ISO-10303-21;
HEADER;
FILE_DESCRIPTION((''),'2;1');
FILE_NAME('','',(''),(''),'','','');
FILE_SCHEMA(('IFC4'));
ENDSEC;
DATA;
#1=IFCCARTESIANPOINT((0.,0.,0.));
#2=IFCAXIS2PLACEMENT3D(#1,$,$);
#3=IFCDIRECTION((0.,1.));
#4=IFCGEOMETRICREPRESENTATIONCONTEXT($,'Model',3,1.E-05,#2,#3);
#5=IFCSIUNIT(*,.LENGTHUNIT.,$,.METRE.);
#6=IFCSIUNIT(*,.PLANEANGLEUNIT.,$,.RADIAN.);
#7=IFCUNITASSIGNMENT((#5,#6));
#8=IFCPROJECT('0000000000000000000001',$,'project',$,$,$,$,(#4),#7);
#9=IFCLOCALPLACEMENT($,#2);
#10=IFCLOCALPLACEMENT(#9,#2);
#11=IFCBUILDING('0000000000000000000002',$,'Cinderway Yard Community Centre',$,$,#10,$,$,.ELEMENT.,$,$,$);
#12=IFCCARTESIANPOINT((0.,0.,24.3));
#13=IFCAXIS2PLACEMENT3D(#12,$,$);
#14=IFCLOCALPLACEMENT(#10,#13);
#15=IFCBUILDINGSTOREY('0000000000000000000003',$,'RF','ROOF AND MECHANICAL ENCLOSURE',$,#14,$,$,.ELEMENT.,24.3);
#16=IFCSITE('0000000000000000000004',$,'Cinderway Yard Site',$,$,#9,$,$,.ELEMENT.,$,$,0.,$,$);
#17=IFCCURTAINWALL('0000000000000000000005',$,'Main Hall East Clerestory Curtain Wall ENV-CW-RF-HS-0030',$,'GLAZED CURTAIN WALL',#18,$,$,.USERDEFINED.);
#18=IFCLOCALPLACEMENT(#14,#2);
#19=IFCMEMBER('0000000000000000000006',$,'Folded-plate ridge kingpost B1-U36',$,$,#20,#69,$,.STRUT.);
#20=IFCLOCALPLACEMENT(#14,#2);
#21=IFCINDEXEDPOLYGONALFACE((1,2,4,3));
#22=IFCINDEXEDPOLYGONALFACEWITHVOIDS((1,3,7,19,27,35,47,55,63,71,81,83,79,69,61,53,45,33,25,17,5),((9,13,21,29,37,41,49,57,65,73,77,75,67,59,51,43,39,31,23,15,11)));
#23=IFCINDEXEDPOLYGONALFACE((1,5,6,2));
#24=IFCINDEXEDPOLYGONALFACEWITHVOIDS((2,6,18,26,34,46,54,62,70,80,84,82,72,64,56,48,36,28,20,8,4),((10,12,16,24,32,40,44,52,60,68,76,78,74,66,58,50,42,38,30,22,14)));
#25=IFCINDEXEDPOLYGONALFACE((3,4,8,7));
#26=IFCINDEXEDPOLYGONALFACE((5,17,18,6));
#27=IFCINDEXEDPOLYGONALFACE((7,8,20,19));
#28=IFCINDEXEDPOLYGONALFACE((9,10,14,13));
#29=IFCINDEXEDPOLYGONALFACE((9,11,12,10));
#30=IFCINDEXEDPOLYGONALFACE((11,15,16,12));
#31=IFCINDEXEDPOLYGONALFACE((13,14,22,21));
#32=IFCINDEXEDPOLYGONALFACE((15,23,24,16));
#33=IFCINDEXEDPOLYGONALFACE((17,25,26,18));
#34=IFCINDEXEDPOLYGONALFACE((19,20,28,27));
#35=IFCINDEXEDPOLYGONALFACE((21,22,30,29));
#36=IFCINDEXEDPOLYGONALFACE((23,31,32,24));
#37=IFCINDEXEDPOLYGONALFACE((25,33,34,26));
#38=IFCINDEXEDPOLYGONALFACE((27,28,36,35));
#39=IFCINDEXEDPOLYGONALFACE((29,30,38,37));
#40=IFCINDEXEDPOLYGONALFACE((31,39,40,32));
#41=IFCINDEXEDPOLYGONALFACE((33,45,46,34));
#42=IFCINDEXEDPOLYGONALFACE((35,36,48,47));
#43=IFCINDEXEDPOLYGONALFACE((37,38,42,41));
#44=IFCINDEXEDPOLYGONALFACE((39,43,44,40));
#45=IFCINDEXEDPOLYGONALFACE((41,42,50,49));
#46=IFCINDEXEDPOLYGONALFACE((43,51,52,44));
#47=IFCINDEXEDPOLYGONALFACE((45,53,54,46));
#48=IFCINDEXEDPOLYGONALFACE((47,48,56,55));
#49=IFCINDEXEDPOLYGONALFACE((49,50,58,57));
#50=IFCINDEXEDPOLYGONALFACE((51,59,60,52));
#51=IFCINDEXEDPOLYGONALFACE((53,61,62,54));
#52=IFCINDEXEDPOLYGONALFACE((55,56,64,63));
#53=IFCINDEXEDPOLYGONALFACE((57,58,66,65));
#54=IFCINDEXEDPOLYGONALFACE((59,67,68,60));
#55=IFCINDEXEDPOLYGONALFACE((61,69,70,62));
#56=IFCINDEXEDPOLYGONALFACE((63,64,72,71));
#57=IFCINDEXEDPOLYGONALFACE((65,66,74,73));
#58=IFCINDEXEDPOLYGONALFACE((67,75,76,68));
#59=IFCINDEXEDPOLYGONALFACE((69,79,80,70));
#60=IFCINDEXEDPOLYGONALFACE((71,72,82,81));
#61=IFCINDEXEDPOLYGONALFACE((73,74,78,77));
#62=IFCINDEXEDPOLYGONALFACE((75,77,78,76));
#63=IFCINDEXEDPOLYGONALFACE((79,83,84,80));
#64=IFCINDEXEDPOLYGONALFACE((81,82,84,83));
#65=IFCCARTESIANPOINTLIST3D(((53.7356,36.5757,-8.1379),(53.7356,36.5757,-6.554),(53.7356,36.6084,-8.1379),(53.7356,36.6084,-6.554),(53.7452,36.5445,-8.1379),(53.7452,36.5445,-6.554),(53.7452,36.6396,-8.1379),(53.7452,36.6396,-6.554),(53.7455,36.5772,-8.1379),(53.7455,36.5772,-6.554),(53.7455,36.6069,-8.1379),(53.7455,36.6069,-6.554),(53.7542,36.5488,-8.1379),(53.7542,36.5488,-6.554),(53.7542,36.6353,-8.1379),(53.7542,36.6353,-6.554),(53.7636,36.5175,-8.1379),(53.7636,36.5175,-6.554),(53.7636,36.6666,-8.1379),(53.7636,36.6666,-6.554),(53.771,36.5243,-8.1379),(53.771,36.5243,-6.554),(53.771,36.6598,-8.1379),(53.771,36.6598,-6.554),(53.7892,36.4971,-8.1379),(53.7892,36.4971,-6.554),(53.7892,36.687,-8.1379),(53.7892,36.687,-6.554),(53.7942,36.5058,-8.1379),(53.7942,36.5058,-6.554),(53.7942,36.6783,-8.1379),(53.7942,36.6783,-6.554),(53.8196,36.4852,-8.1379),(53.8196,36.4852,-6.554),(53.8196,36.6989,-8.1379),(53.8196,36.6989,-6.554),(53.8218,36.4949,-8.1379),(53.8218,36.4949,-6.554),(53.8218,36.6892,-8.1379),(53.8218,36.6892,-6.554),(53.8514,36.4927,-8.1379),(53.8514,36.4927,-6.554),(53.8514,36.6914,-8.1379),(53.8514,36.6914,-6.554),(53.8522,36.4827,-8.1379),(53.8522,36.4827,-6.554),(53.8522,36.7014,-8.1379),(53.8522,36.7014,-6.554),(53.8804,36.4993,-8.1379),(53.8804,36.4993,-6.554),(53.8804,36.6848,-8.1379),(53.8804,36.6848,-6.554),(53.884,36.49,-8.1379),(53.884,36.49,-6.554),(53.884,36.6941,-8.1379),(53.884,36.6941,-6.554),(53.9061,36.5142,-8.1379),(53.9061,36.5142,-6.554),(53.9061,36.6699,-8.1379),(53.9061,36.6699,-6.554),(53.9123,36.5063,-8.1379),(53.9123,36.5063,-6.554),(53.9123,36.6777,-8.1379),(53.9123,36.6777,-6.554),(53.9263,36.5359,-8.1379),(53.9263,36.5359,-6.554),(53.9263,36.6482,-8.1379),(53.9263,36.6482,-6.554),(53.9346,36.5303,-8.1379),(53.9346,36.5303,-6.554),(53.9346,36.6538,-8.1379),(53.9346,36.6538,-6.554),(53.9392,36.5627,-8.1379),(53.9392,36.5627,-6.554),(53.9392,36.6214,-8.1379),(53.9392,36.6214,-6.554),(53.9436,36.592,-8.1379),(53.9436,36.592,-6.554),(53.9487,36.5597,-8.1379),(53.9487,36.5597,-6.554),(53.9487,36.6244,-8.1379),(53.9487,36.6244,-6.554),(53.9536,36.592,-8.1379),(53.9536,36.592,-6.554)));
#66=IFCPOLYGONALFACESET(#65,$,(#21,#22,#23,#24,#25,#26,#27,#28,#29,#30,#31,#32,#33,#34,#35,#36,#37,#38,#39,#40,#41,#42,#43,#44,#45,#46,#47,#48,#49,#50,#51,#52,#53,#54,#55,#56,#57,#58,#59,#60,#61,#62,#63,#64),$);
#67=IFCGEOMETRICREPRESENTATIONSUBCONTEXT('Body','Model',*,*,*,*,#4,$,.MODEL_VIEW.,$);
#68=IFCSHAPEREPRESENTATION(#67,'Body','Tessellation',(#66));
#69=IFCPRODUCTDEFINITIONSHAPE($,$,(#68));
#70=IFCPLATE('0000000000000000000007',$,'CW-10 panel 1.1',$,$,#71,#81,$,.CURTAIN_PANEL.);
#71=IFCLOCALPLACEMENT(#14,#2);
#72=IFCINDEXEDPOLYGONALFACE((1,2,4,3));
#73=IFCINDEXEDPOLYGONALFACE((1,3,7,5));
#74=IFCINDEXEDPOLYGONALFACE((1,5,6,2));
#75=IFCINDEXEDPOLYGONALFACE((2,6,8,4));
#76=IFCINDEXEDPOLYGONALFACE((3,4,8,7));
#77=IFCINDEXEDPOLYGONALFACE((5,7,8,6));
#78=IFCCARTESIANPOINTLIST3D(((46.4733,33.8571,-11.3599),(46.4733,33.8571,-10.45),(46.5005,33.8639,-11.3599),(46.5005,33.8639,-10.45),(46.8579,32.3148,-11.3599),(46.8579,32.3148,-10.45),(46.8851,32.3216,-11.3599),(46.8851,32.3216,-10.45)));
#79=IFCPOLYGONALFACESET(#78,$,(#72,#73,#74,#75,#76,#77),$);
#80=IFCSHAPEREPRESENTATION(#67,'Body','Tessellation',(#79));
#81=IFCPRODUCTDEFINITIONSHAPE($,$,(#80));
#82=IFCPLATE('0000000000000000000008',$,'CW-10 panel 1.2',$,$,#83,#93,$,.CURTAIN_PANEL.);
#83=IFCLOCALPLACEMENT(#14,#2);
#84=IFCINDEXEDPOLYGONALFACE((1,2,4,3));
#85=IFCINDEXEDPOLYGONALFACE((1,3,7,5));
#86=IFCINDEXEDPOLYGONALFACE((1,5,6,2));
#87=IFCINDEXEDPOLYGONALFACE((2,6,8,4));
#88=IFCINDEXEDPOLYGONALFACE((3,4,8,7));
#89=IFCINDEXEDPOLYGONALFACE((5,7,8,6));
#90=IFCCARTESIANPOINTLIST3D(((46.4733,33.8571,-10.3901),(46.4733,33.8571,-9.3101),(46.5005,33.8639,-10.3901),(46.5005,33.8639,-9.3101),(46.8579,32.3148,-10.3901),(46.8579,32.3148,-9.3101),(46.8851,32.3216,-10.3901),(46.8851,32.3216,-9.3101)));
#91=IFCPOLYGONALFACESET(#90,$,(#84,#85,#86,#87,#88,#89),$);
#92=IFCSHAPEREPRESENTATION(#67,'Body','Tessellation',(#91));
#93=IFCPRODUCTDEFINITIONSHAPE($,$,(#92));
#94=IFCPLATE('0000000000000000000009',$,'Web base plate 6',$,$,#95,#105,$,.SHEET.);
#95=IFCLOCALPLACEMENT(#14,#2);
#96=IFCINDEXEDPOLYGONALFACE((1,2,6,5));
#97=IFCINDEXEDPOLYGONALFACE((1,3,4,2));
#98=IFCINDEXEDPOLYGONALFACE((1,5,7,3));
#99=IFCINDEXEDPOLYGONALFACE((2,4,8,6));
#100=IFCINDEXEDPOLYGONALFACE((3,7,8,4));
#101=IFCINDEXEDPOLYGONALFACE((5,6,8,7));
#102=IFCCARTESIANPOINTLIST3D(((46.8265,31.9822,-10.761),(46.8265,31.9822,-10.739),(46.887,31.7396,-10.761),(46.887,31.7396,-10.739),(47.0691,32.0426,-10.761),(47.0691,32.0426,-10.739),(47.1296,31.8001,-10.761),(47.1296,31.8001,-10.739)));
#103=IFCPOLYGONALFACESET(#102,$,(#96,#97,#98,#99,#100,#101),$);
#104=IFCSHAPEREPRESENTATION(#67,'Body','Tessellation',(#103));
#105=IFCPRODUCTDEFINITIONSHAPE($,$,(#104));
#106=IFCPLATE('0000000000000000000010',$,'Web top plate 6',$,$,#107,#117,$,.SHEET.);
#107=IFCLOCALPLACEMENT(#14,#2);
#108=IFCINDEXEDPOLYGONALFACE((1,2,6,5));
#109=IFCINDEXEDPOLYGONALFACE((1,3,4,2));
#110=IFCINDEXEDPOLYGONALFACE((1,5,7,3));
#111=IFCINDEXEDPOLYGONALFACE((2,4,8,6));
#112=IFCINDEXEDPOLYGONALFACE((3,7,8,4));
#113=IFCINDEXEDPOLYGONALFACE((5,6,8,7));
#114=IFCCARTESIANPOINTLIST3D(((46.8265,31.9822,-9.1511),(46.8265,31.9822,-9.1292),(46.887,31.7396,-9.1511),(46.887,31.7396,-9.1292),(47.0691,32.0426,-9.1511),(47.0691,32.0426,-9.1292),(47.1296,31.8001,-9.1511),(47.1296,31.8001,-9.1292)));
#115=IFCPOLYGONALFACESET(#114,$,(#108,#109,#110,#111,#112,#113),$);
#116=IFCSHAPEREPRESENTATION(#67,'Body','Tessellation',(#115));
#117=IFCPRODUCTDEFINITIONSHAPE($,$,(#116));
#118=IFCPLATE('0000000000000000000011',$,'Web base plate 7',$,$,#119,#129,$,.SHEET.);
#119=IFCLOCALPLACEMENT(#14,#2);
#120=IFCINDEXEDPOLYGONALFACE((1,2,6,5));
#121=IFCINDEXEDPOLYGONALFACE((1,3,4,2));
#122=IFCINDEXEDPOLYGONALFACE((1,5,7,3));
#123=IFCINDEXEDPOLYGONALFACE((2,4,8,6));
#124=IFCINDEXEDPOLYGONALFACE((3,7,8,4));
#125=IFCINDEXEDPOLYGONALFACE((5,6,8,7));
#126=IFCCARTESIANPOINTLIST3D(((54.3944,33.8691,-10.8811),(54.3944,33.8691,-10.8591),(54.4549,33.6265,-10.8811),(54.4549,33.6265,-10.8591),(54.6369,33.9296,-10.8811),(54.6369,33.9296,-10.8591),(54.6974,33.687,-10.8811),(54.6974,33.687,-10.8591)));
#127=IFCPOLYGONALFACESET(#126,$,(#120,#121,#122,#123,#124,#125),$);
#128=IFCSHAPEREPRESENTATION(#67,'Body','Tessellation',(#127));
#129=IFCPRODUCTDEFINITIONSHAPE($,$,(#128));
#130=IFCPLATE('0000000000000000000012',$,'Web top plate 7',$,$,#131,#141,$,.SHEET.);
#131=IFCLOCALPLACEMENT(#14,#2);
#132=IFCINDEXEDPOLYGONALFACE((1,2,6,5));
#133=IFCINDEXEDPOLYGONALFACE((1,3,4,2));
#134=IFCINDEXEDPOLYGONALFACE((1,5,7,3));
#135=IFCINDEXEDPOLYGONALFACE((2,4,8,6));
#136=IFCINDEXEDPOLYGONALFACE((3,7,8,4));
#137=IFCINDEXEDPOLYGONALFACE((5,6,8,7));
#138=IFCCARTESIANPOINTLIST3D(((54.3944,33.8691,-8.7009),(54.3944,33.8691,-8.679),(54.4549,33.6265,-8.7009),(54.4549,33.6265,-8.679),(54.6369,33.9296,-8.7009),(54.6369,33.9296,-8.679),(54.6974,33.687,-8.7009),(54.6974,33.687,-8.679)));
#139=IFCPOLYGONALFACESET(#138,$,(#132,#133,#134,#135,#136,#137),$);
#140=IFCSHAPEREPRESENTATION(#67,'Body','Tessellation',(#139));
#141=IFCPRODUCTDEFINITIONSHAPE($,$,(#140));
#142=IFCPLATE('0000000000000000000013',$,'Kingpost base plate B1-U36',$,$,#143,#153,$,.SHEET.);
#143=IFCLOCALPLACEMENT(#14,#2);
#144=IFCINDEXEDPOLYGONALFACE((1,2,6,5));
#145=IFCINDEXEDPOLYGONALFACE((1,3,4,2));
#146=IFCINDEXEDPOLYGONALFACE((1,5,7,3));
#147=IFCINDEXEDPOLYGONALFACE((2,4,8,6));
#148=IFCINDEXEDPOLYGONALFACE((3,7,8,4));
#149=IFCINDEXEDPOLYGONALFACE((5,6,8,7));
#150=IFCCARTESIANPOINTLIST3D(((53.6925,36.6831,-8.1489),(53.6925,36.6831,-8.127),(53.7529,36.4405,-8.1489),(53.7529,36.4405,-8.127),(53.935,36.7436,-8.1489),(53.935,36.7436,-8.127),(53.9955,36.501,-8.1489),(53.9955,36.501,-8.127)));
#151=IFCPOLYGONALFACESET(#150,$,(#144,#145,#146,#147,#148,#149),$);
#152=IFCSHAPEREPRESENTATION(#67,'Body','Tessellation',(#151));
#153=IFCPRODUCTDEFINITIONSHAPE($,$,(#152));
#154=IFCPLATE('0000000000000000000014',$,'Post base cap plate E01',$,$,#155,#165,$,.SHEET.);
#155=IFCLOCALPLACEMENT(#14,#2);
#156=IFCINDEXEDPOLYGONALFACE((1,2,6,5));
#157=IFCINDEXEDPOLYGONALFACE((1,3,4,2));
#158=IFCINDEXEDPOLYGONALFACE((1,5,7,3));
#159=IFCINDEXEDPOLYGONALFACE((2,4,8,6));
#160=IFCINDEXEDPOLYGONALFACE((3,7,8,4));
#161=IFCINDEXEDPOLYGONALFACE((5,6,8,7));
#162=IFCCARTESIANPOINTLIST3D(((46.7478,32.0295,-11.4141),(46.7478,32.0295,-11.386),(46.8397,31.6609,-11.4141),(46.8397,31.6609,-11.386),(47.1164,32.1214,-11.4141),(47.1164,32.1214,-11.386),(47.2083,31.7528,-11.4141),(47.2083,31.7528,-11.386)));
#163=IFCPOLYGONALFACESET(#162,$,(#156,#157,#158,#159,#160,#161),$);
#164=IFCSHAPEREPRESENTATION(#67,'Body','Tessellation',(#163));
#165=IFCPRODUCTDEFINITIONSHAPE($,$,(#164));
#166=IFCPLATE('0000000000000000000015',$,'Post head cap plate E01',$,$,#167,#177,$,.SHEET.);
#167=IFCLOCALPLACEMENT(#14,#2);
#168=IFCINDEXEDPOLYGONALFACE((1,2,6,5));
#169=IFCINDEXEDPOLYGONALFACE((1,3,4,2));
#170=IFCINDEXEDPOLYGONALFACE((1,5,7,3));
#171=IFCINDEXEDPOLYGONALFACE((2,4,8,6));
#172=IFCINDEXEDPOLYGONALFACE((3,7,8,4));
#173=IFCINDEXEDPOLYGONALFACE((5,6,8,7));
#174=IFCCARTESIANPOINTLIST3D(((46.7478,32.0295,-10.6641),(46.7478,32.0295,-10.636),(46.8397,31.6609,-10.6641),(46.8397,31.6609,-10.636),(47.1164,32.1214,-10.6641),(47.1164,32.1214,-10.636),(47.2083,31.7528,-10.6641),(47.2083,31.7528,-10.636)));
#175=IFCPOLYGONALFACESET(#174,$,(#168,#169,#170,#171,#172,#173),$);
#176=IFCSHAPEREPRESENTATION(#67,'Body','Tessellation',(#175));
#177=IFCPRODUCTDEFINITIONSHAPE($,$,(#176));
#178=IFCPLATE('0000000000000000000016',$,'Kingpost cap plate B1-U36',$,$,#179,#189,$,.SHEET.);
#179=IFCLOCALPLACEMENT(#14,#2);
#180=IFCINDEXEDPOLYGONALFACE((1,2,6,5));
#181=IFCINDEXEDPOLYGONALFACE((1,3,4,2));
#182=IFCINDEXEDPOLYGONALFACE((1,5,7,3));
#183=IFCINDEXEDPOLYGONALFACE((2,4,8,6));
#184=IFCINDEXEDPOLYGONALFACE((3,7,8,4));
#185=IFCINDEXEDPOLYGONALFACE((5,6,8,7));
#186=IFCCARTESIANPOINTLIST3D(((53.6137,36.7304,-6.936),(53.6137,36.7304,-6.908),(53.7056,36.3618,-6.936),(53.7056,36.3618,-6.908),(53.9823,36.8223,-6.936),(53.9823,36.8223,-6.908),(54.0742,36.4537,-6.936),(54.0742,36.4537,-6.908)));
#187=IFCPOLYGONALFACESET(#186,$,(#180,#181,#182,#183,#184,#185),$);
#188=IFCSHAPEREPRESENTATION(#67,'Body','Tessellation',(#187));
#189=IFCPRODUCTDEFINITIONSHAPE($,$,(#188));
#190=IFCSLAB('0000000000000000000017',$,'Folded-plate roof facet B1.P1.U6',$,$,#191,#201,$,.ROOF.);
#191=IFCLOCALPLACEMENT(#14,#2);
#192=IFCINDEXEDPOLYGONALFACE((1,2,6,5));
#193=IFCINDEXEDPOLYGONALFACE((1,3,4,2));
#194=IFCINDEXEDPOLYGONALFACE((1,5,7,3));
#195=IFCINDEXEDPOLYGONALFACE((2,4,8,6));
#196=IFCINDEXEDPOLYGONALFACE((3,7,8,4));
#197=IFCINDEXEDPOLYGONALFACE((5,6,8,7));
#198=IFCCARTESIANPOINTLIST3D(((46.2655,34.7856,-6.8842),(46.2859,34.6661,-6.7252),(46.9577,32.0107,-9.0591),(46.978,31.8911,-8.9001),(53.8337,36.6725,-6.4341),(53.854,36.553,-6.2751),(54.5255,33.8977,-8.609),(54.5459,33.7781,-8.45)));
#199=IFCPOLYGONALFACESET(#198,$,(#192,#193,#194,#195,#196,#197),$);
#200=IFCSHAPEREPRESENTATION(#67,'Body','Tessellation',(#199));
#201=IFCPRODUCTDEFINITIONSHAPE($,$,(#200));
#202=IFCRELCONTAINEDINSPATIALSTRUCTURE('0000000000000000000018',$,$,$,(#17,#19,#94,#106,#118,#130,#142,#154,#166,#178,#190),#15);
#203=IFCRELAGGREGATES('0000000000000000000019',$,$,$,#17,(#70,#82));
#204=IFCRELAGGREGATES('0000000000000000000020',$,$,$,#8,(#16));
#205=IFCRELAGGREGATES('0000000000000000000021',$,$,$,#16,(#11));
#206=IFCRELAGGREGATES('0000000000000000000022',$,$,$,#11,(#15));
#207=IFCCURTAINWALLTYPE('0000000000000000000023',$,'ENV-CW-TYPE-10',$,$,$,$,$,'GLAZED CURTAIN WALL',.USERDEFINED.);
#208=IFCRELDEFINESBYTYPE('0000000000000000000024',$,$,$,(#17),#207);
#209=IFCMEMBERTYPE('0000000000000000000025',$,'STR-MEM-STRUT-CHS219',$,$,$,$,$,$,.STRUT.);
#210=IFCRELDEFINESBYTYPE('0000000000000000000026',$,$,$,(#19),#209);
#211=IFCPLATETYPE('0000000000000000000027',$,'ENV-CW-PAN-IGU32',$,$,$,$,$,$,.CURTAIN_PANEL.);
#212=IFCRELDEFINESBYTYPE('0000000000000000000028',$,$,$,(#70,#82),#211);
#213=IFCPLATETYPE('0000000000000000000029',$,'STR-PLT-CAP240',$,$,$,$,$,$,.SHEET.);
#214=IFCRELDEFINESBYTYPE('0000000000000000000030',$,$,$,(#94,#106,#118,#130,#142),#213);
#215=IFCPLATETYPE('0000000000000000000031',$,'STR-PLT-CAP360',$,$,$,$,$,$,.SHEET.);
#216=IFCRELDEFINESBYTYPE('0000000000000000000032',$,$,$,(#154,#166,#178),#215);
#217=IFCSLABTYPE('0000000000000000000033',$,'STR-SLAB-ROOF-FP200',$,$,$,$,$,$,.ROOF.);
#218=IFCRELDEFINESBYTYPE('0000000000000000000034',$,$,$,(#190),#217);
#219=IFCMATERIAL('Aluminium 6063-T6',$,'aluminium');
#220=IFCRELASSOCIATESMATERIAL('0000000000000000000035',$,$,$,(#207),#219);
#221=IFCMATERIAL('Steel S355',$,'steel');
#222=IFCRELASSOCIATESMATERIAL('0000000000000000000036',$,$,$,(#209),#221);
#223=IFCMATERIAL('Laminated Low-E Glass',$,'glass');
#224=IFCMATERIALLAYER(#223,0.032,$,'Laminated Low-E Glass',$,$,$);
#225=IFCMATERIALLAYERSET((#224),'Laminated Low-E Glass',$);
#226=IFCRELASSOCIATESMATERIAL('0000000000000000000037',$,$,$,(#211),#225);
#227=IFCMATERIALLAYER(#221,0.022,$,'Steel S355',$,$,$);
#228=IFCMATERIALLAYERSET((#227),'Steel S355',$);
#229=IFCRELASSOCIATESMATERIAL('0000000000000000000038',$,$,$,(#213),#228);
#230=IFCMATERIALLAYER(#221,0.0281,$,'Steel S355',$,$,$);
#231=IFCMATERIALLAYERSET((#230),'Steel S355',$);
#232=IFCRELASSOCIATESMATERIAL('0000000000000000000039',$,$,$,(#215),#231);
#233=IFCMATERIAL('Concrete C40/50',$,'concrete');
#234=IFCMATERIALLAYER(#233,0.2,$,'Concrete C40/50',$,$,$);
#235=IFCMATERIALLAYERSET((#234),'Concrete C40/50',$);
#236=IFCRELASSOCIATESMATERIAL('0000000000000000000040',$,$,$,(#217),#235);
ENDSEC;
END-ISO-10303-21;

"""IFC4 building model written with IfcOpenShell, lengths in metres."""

from ifc_helpers import new_model, si_unit, direction, frame, origin, origin_2d, place, context, subcontext, project, spatial, polyline, rectangle, hollow_circle, outline, extrude, material, layer, layer_set, material_profile, profile_set, type_object, element, aggregate, save


model = new_model("IFC4")

# Units and contexts
model_context = context("Model", 3, precision=1e-05, world=origin(), true_north=direction((0.0, 1.0)))
body_context = subcontext(model_context, "Body", "Model", "MODEL_VIEW")
ifc_project = project(units=[si_unit("LENGTHUNIT", "METRE"), si_unit("PLANEANGLEUNIT", "RADIAN")], contexts=[model_context])

# Site, building, storey
site_placement = place(None, origin())
site = spatial("IfcSite", under=ifc_project, at=site_placement, Name="Cinderway Yard Site", CompositionType="ELEMENT", RefElevation=0.0)
building_placement = place(site_placement, origin())
building = spatial("IfcBuilding", under=site, at=building_placement, Name="Cinderway Yard Community Centre", CompositionType="ELEMENT")
storey_placement = place(building_placement, frame((0.0, 0.0, 24.3)))
storey = spatial("IfcBuildingStorey", under=building, at=storey_placement, Name="RF", Description="ROOF AND MECHANICAL ENCLOSURE", CompositionType="ELEMENT", Elevation=24.3)

# Shared definitions
ifc_material_1 = material(Name="Steel S355", Category="steel")

# Curtain wall
ifc_material_2 = material(Name="Aluminium 6063-T6", Category="aluminium")
curtain_wall_type = type_object("IfcCurtainWallType", Name="ENV-CW-TYPE-10", ElementType="GLAZED CURTAIN WALL", PredefinedType="USERDEFINED", material=ifc_material_2)
curtain_wall_placement = place(storey_placement, origin())
curtain_wall = element("IfcCurtainWall", 1, at=curtain_wall_placement, inside=storey, type_object=curtain_wall_type, Name="Main Hall East Clerestory Curtain Wall ENV-CW-RF-HS-0030", ObjectType="GLAZED CURTAIN WALL", PredefinedType="USERDEFINED")

# Shared definitions
ifc_material_3 = material(Name="Concrete C40/50", Category="concrete")

# Member
ifc_material_profile_1 = material_profile(ifc_material_1, hollow_circle(Radius=0.1096, WallThickness=0.01, at=origin_2d()), Name="Steel S355")
ifc_profile_set_1 = profile_set([ifc_material_profile_1], Name="Steel S355")
member_type_1 = type_object("IfcMemberType", Name="STR-MEM-STRUT-CHS219", PredefinedType="STRUT", material=ifc_profile_set_1)
member_1_placement = place(storey_placement, frame((53.844, 36.592, -8.1379), z_axis=(0.0, 0.0, 1.0), x_axis=(1.0, 0.0, 0.0)))
element("IfcMember", 2, at=member_1_placement, inside=storey, type_object=member_type_1, Name="Folded-plate ridge kingpost B1-U36", PredefinedType="STRUT", context=body_context, shape_type="SweptSolid", body=[
    extrude(hollow_circle(Radius=0.1096, WallThickness=0.01, at=origin_2d()), origin(), (0.0, 0.0, 1.0), 1.584),
])

# Plates
ifc_material_4 = material(Name="Laminated Low-E Glass", Category="glass")
ifc_layer_1 = layer(ifc_material_4, 0.032, Name="Laminated Low-E Glass")
ifc_layer_set_1 = layer_set([ifc_layer_1], Name="Laminated Low-E Glass")
plate_type_1 = type_object("IfcPlateType", Name="ENV-CW-PAN-IGU32", PredefinedType="CURTAIN_PANEL", material=ifc_layer_set_1)
plate_1_placement = place(storey_placement, frame((46.6792, 33.0894, -11.3599), z_axis=(0.0, 0.0, 1.0), x_axis=(-0.241929, 0.970294, 0.0)))
plate_1 = element("IfcPlate", 3, at=plate_1_placement, type_object=plate_type_1, Name="CW-10 panel 1.1", PredefinedType="CURTAIN_PANEL", context=body_context, shape_type="SweptSolid", body=[
    extrude(rectangle(XDim=1.5896, YDim=0.0281, at=origin_2d()), origin(), (0.0, 0.0, 1.0), 0.9099),
])
plate_2_placement = place(storey_placement, frame((46.6792, 33.0894, -10.3901), z_axis=(0.0, 0.0, 1.0), x_axis=(-0.241929, 0.970294, 0.0)))
plate_2 = element("IfcPlate", 4, at=plate_2_placement, type_object=plate_type_1, Name="CW-10 panel 1.2", PredefinedType="CURTAIN_PANEL", context=body_context, shape_type="SweptSolid", body=[
    extrude(rectangle(XDim=1.5896, YDim=0.0281, at=origin_2d()), origin(), (0.0, 0.0, 1.0), 1.0801),
])
aggregate(curtain_wall, [plate_1, plate_2])

# Plates
ifc_layer_2 = layer(ifc_material_1, 0.022, Name="Steel S355")
ifc_layer_set_2 = layer_set([ifc_layer_2], Name="Steel S355")
plate_type_2 = type_object("IfcPlateType", Name="STR-PLT-CAP240", PredefinedType="SHEET", material=ifc_layer_set_2)
for number, where, z_axis, x_axis, name in (
    (5, (46.978, 31.8911, -10.761), (0.0, 0.0, 1.0), (0.970296, 0.241922, 0.0), "Web base plate 6"),
    (6, (46.978, 31.8911, -9.1511), (0.0, 0.0, 1.0), (0.970296, 0.241922, 0.0), "Web top plate 6"),
    (7, (54.5459, 33.7781, -10.8811), (0.0, 0.0, 1.0), (0.970296, 0.241922, 0.0), "Web base plate 7"),
    (8, (54.5459, 33.7781, -8.7009), (0.0, 0.0, 1.0), (0.970296, 0.241922, 0.0), "Web top plate 7"),
    (9, (53.844, 36.592, -8.1489), (0.0, 0.0, 1.0), (0.970296, 0.241922, 0.0), "Kingpost base plate B1-U36"),
):
    element("IfcPlate", number, at=place(storey_placement, frame(where, z_axis=z_axis, x_axis=x_axis)), inside=storey, type_object=plate_type_2, Name=name, PredefinedType="SHEET", context=body_context, shape_type="SweptSolid", body=[
        extrude(rectangle(XDim=0.25, YDim=0.25, at=origin_2d()), origin(), (0.0, 0.0, 1.0), 0.022),
    ])
ifc_layer_3 = layer(ifc_material_1, 0.0281, Name="Steel S355")
ifc_layer_set_3 = layer_set([ifc_layer_3], Name="Steel S355")
plate_type_3 = type_object("IfcPlateType", Name="STR-PLT-CAP360", PredefinedType="SHEET", material=ifc_layer_set_3)
for number, where, z_axis, x_axis, name in (
    (10, (46.978, 31.8911, -11.4141), (0.0, 0.0, 1.0), (0.970296, 0.241922, 0.0), "Post base cap plate E01"),
    (11, (46.978, 31.8911, -10.6641), (0.0, 0.0, 1.0), (0.970296, 0.241922, 0.0), "Post head cap plate E01"),
    (12, (53.844, 36.592, -6.936), (0.0, 0.0, 1.0), (0.970296, 0.241922, 0.0), "Kingpost cap plate B1-U36"),
):
    element("IfcPlate", number, at=place(storey_placement, frame(where, z_axis=z_axis, x_axis=x_axis)), inside=storey, type_object=plate_type_3, Name=name, PredefinedType="SHEET", context=body_context, shape_type="SweptSolid", body=[
        extrude(rectangle(XDim=0.3799, YDim=0.3799, at=origin_2d()), origin(), (0.0, 0.0, 1.0), 0.0281),
    ])

# Slab
ifc_layer_4 = layer(ifc_material_3, 0.2, Name="Concrete C40/50")
ifc_layer_set_4 = layer_set([ifc_layer_4], Name="Concrete C40/50")
slab_type = type_object("IfcSlabType", Name="STR-SLAB-ROOF-FP200", PredefinedType="ROOF", material=ifc_layer_set_4)
slab_placement = place(storey_placement, frame((46.978, 31.8911, -8.9001), z_axis=(0.101773, -0.597833, 0.795134), x_axis=(0.96868, 0.241536, 0.057616)))
element("IfcSlab", 13, at=slab_placement, inside=storey, type_object=slab_type, Name="Folded-plate roof facet B1.P1.U6", PredefinedType="ROOF", context=body_context, shape_type="SweptSolid", body=[
    extrude(outline(polyline([(0.0, 0.0), (7.8126, 0.0), (7.9379, 3.5907), (0.1251, 3.5909), (0.0, 0.0)])), origin(), (0.0, 0.0, -1.0), 0.2),
])

save(model, "model.ifc")
